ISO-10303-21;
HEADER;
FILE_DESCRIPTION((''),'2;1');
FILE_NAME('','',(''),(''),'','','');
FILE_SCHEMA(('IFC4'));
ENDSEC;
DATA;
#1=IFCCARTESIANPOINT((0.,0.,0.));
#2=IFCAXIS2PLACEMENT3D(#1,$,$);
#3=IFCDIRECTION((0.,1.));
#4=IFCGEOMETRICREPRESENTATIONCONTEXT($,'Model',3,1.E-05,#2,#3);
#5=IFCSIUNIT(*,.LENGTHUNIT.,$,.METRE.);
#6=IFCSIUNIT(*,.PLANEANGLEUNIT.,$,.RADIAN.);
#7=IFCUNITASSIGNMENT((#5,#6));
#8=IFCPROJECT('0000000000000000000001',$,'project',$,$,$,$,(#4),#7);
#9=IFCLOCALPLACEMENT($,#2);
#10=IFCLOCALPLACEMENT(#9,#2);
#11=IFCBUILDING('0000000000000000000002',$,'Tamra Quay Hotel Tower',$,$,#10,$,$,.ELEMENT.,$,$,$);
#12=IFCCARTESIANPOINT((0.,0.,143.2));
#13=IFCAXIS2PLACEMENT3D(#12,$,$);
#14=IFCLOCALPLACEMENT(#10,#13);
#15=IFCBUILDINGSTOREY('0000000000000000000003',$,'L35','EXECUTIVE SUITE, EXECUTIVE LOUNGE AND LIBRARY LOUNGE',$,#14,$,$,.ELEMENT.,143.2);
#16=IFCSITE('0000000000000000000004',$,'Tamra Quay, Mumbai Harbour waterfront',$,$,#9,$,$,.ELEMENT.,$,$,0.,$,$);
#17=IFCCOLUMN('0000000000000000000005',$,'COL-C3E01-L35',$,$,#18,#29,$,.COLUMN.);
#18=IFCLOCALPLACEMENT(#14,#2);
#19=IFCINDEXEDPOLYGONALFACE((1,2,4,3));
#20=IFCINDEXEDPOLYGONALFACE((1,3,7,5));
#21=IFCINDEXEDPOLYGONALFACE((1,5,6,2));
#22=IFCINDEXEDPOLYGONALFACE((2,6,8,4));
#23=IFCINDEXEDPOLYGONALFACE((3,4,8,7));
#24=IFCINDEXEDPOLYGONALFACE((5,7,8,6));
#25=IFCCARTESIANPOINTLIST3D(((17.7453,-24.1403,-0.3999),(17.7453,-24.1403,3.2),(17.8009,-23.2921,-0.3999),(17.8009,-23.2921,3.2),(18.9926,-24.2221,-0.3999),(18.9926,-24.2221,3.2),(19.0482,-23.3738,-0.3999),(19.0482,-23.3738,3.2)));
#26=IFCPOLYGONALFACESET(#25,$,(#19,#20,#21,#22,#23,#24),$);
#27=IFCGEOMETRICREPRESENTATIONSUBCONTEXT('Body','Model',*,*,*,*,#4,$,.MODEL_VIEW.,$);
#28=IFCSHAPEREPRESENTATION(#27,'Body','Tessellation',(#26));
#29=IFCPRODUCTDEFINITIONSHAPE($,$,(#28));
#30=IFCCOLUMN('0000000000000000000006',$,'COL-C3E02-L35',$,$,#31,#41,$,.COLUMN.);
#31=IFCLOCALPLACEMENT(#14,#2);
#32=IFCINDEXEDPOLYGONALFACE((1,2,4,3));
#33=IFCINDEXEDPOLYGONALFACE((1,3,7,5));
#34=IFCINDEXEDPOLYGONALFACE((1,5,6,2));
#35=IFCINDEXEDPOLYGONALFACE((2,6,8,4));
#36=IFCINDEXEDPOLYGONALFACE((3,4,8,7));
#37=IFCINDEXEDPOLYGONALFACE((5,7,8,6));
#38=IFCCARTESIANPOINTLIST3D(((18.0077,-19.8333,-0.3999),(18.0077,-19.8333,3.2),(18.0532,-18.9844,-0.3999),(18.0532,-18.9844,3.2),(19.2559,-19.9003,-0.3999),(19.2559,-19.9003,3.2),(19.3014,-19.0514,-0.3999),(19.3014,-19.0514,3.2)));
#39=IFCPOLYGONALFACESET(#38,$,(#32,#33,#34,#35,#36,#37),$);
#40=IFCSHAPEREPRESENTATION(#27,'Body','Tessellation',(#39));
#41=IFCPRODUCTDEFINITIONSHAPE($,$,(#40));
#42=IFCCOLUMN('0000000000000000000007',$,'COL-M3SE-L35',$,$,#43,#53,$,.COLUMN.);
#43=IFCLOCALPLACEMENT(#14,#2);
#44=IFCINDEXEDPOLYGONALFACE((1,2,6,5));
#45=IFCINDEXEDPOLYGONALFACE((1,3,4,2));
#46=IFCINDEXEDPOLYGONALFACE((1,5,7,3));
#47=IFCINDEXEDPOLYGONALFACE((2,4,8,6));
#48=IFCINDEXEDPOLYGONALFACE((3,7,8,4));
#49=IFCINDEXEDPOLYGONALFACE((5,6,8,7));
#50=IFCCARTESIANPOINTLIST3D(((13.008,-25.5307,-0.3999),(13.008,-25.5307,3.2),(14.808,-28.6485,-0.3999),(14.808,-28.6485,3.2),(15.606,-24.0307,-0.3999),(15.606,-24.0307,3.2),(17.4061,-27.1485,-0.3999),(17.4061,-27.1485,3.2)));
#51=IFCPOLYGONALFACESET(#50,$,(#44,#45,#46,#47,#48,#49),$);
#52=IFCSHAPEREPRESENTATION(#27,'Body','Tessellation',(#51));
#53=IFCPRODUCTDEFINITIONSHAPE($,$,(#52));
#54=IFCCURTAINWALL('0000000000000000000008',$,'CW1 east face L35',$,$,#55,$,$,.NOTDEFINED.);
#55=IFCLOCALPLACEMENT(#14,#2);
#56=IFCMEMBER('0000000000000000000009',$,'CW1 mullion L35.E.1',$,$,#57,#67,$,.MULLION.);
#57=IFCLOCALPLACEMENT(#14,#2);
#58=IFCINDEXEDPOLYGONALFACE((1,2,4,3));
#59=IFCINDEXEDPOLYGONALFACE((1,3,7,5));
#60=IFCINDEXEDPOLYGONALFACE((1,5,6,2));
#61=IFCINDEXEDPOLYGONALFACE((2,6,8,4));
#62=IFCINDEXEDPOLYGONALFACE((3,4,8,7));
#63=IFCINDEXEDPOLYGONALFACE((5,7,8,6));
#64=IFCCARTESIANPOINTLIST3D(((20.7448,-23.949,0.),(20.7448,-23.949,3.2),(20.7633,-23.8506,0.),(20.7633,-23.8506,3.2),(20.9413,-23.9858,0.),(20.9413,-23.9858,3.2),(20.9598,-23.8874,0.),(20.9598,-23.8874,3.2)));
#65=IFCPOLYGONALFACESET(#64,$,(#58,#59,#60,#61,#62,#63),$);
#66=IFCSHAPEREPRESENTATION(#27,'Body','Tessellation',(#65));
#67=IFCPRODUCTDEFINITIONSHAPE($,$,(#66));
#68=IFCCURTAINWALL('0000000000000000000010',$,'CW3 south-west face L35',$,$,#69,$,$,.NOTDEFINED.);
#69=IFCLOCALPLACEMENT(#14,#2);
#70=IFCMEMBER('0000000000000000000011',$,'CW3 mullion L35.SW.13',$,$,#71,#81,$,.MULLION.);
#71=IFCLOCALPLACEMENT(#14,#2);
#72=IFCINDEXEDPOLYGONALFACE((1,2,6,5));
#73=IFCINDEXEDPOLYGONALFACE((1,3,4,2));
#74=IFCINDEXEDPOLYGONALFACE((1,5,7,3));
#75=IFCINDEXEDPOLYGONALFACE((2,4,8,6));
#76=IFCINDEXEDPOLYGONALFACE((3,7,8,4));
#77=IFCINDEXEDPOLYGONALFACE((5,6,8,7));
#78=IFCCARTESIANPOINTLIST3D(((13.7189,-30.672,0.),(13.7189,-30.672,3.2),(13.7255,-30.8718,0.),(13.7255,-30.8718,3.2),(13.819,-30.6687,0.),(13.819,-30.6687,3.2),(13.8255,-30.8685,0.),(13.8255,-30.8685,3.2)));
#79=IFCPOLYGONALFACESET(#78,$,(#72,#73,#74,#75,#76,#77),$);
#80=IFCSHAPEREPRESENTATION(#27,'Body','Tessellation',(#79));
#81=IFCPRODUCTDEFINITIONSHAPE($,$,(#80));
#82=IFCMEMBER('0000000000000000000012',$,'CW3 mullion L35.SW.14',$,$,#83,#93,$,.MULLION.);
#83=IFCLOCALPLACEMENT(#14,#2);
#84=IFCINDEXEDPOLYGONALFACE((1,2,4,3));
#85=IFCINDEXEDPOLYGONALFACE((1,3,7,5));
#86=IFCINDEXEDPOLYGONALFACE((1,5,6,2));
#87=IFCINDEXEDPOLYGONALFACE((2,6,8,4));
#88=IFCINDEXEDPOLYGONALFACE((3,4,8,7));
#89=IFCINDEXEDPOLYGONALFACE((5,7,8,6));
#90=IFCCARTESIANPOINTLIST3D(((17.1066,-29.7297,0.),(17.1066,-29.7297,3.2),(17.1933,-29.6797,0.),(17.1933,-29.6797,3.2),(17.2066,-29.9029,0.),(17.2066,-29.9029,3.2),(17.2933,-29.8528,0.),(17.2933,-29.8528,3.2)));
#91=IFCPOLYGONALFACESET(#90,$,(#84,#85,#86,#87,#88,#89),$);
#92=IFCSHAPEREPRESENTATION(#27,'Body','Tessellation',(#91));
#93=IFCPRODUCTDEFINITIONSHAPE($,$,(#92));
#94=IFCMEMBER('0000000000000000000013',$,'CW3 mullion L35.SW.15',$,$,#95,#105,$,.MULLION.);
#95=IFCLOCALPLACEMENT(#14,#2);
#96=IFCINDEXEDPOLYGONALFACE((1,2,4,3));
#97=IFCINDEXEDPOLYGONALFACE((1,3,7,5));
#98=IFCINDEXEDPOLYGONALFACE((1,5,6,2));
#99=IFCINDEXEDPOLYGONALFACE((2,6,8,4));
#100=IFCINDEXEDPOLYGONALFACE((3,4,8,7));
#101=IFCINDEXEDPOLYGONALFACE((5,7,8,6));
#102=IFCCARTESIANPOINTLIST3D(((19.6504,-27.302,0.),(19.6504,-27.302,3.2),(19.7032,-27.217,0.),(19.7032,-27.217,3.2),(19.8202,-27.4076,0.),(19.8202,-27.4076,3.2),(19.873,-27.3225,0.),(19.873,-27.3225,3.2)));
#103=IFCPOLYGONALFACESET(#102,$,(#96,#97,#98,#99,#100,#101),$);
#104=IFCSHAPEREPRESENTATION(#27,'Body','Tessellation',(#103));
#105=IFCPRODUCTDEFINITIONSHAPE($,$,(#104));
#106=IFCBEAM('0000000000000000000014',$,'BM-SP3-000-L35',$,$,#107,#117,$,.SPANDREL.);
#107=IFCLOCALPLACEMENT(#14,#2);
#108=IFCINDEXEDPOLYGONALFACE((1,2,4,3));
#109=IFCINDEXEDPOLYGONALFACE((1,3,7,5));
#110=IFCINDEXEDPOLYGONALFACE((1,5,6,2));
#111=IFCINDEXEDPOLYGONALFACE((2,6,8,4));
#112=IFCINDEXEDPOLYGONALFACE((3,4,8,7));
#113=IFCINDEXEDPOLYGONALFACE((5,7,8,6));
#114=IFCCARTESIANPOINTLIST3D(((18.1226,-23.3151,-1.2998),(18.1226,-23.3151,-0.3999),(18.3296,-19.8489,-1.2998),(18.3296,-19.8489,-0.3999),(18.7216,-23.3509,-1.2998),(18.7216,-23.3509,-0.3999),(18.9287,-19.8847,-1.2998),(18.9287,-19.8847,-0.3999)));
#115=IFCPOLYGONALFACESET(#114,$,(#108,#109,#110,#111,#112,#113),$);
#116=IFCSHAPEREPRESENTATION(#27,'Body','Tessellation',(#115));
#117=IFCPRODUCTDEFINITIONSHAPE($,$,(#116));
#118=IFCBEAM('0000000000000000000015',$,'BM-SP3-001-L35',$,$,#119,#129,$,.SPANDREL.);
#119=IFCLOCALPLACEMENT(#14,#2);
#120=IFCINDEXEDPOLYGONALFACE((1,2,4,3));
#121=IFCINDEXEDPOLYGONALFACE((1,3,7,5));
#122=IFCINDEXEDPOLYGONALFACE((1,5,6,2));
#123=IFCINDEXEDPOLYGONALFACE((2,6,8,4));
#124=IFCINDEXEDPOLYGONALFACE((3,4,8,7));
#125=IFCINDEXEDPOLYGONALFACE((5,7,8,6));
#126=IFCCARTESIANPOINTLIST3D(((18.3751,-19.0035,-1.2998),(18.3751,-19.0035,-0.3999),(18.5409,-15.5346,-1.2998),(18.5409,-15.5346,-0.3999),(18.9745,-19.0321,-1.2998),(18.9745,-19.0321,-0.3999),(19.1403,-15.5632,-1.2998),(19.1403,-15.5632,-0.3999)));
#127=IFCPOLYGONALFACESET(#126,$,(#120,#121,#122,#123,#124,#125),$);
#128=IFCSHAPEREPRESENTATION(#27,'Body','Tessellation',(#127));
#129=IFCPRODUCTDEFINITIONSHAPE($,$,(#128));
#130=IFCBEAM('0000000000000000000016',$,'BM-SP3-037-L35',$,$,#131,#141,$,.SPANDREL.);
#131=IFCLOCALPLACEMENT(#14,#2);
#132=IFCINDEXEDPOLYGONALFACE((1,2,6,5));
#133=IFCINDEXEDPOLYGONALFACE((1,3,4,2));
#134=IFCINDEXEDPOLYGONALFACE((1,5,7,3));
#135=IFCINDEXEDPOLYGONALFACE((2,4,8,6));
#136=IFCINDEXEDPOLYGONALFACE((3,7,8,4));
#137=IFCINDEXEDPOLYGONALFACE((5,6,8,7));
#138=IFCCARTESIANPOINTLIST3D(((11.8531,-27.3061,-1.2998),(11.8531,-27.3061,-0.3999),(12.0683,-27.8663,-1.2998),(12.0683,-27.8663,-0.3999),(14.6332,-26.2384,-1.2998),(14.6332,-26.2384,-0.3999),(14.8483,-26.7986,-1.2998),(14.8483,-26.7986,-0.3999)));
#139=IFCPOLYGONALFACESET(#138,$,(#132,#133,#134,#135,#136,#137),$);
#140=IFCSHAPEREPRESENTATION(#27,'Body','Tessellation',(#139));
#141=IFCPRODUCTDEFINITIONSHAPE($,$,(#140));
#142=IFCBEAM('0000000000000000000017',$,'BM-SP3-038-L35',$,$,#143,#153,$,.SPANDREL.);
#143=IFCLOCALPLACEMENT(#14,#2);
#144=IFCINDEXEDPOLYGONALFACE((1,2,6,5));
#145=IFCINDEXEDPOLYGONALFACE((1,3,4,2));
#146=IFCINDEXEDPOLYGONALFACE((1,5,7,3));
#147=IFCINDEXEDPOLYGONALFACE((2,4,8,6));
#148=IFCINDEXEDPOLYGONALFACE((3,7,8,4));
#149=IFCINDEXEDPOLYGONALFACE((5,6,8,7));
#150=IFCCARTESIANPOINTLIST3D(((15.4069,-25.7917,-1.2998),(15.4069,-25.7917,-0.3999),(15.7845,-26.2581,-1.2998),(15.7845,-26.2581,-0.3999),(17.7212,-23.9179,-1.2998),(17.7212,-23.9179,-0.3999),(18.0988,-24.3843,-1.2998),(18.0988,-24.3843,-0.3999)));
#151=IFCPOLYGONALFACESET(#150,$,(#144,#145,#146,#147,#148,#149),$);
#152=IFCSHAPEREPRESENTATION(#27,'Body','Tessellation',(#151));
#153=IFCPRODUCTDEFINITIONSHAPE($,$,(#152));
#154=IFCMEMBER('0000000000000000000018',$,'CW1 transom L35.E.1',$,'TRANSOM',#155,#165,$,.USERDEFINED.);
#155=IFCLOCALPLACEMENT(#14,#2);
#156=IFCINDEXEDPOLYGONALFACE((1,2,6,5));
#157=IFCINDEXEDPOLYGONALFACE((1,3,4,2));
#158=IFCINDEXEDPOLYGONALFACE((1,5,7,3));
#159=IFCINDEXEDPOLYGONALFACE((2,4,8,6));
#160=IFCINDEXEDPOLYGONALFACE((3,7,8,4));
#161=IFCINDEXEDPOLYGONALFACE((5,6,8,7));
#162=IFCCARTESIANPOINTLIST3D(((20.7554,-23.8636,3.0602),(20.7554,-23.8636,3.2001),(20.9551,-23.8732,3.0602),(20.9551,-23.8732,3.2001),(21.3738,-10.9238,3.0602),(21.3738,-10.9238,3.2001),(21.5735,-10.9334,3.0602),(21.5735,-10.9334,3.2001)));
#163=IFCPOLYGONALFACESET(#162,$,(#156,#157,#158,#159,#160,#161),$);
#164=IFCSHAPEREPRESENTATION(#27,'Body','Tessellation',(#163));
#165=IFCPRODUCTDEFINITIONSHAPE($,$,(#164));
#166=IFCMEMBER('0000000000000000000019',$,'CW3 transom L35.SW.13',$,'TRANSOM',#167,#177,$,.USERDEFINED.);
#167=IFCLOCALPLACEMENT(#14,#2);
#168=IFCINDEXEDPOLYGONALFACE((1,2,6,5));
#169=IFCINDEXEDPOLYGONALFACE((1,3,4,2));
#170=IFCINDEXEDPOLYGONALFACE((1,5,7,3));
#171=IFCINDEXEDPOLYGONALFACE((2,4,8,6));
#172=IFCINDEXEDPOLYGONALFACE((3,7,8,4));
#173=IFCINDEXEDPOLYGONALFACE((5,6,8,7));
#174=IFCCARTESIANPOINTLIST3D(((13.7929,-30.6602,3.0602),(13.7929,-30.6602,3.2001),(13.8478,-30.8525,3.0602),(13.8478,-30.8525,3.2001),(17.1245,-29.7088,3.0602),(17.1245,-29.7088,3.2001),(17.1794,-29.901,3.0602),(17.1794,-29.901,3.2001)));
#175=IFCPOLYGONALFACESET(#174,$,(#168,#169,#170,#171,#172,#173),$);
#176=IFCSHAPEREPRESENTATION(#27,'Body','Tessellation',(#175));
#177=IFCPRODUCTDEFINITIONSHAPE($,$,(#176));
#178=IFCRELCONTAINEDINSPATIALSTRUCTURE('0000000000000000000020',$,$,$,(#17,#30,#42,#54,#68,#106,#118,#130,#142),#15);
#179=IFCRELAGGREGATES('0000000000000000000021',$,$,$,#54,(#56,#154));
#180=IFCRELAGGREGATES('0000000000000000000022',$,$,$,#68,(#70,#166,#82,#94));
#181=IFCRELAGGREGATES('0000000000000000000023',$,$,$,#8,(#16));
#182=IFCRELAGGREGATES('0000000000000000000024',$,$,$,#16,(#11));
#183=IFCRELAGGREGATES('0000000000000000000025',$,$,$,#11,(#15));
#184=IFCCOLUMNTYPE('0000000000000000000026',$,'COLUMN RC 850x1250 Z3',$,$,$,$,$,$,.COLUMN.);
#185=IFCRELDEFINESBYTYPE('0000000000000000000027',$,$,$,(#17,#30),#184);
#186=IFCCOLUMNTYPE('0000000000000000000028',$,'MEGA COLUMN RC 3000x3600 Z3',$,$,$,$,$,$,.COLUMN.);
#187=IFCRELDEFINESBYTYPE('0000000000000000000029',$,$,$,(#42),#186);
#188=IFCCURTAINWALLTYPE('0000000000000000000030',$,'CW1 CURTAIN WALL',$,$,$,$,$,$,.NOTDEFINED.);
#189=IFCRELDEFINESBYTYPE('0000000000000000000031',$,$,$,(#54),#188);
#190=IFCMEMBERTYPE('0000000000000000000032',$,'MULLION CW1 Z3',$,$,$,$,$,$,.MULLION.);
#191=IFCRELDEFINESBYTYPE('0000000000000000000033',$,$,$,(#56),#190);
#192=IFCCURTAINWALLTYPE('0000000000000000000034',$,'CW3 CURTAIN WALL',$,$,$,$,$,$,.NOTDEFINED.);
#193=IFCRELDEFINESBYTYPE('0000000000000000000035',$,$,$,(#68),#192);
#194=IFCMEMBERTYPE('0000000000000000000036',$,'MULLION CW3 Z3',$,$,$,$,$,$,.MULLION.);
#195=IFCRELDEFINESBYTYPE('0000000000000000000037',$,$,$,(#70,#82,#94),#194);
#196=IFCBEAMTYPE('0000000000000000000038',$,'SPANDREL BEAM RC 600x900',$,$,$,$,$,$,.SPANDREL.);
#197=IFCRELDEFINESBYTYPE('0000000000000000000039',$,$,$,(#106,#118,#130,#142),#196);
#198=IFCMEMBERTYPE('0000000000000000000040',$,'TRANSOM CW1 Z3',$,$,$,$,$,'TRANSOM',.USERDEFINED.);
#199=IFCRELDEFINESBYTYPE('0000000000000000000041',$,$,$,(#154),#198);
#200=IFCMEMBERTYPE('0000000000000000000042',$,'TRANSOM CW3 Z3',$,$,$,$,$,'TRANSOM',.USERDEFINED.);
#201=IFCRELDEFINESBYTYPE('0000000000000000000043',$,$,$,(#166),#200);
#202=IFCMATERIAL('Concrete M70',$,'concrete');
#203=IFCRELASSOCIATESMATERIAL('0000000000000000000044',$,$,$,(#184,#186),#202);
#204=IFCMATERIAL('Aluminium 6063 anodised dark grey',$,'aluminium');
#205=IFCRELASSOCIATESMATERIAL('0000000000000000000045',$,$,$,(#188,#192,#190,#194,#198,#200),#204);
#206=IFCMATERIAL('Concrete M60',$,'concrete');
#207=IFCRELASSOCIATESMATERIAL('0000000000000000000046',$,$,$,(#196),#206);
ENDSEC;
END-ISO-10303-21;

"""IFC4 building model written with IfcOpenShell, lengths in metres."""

from ifc_helpers import new_model, si_unit, direction, frame, origin, origin_2d, place, context, subcontext, project, spatial, rectangle, extrude, material, material_profile, profile_set, type_object, element, aggregate, save


model = new_model("IFC4")

# Units and contexts
model_context = context("Model", 3, precision=1e-05, world=origin(), true_north=direction((0.0, 1.0)))
body_context = subcontext(model_context, "Body", "Model", "MODEL_VIEW")
ifc_project = project(units=[si_unit("LENGTHUNIT", "METRE"), si_unit("PLANEANGLEUNIT", "RADIAN")], contexts=[model_context])

# Site, building, storey
site_placement = place(None, origin())
site = spatial("IfcSite", under=ifc_project, at=site_placement, Name="Tamra Quay, Mumbai Harbour waterfront", CompositionType="ELEMENT", RefElevation=0.0)
building_placement = place(site_placement, origin())
building = spatial("IfcBuilding", under=site, at=building_placement, Name="Tamra Quay Hotel Tower", CompositionType="ELEMENT")
storey_placement = place(building_placement, frame((0.0, 0.0, 143.2)))
storey = spatial("IfcBuildingStorey", under=building, at=storey_placement, Name="L35", Description="EXECUTIVE SUITE, EXECUTIVE LOUNGE AND LIBRARY LOUNGE", CompositionType="ELEMENT", Elevation=143.2)

# Columns
ifc_material_1 = material(Name="Concrete M70", Category="concrete")
ifc_material_profile_1 = material_profile(ifc_material_1, rectangle(XDim=1.25, YDim=0.8501, at=origin_2d()), Name="COLUMN RC 850x1250 Z3")
ifc_profile_set_1 = profile_set([ifc_material_profile_1], Name="Concrete M70")
column_type_1 = type_object("IfcColumnType", Name="COLUMN RC 850x1250 Z3", PredefinedType="COLUMN", material=ifc_profile_set_1)
for number, where, z_axis, x_axis, name in (
    (1, (18.3967, -23.7571, -0.3999), (0.0, 0.0, 1.0), (-0.997858, 0.065419, 0.0), "COL-C3E01-L35"),
    (2, (18.6545, -19.4424, -0.3999), (0.0, 0.0, 1.0), (-0.998562, 0.053603, 0.0), "COL-C3E02-L35"),
):
    element("IfcColumn", number, at=place(storey_placement, frame(where, z_axis=z_axis, x_axis=x_axis)), inside=storey, type_object=column_type_1, Name=name, PredefinedType="COLUMN", context=body_context, shape_type="SweptSolid", body=[
        extrude(rectangle(XDim=1.25, YDim=0.8501, at=origin_2d()), origin(), (0.0, 0.0, 1.0), 3.5999),
    ])
ifc_material_profile_2 = material_profile(ifc_material_1, rectangle(XDim=3.6001, YDim=3.0, at=origin_2d()), Name="MEGA COLUMN RC 3000x3600 Z3")
ifc_profile_set_2 = profile_set([ifc_material_profile_2], Name="Concrete M70")
column_type_2 = type_object("IfcColumnType", Name="MEGA COLUMN RC 3000x3600 Z3", PredefinedType="COLUMN", material=ifc_profile_set_2)
column_placement = place(storey_placement, frame((15.207, -26.3396, -0.3999), z_axis=(0.0, 0.0, 1.0), x_axis=(-0.5, 0.866025, 0.0)))
element("IfcColumn", 3, at=column_placement, inside=storey, type_object=column_type_2, Name="COL-M3SE-L35", PredefinedType="COLUMN", context=body_context, shape_type="SweptSolid", body=[
    extrude(rectangle(XDim=3.6001, YDim=3.0, at=origin_2d()), origin(), (0.0, 0.0, 1.0), 3.5999),
])

# Curtain wall, member
ifc_material_2 = material(Name="Aluminium 6063 anodised dark grey", Category="aluminium")
curtain_wall_type_1 = type_object("IfcCurtainWallType", Name="CW1 CURTAIN WALL", PredefinedType="NOTDEFINED", material=ifc_material_2)
curtain_wall_1_placement = place(storey_placement, origin())
curtain_wall_1 = element("IfcCurtainWall", 4, at=curtain_wall_1_placement, inside=storey, type_object=curtain_wall_type_1, Name="CW1 east face L35", PredefinedType="NOTDEFINED")
ifc_material_profile_3 = material_profile(ifc_material_2, rectangle(XDim=0.2, YDim=0.1001, at=origin_2d()), Name="MULLION 100X200")
ifc_profile_set_3 = profile_set([ifc_material_profile_3], Name="Aluminium 6063 anodised dark grey")
member_type_1 = type_object("IfcMemberType", Name="MULLION CW1 Z3", PredefinedType="MULLION", material=ifc_profile_set_3)
member_1_placement = place(storey_placement, frame((20.8523, -23.9182, 0.0), z_axis=(0.0, 0.0, 1.0), x_axis=(0.982883, -0.18423, 0.0)))
member_1 = element("IfcMember", 5, at=member_1_placement, type_object=member_type_1, Name="CW1 mullion L35.E.1", PredefinedType="MULLION", context=body_context, shape_type="SweptSolid", body=[
    extrude(rectangle(XDim=0.2, YDim=0.1001, at=origin_2d()), origin(), (0.0, 0.0, 1.0), 3.2),
])

# Curtain wall, members
curtain_wall_type_2 = type_object("IfcCurtainWallType", Name="CW3 CURTAIN WALL", PredefinedType="NOTDEFINED", material=ifc_material_2)
curtain_wall_2_placement = place(storey_placement, origin())
curtain_wall_2 = element("IfcCurtainWall", 6, at=curtain_wall_2_placement, inside=storey, type_object=curtain_wall_type_2, Name="CW3 south-west face L35", PredefinedType="NOTDEFINED")
ifc_material_profile_4 = material_profile(ifc_material_2, rectangle(XDim=0.2, YDim=0.1001, at=origin_2d()), Name="MULLION 100X200")
ifc_profile_set_4 = profile_set([ifc_material_profile_4], Name="Aluminium 6063 anodised dark grey")
member_type_2 = type_object("IfcMemberType", Name="MULLION CW3 Z3", PredefinedType="MULLION", material=ifc_profile_set_4)
member_2_placement = place(storey_placement, frame((13.7722, -30.7703, 0.0), z_axis=(0.0, 0.0, 1.0), x_axis=(0.032727, -0.999464, 0.0)))
member_2 = element("IfcMember", 7, at=member_2_placement, type_object=member_type_2, Name="CW3 mullion L35.SW.13", PredefinedType="MULLION", context=body_context, shape_type="SweptSolid", body=[
    extrude(rectangle(XDim=0.2, YDim=0.1001, at=origin_2d()), origin(), (0.0, 0.0, 1.0), 3.2),
])
member_3_placement = place(storey_placement, frame((17.2, -29.7913, 0.0), z_axis=(0.0, 0.0, 1.0), x_axis=(0.5, -0.866025, 0.0)))
member_3 = element("IfcMember", 8, at=member_3_placement, type_object=member_type_2, Name="CW3 mullion L35.SW.14", PredefinedType="MULLION", context=body_context, shape_type="SweptSolid", body=[
    extrude(rectangle(XDim=0.2, YDim=0.1001, at=origin_2d()), origin(), (0.0, 0.0, 1.0), 3.2),
])
member_4_placement = place(storey_placement, frame((19.7617, -27.3123, 0.0), z_axis=(0.0, 0.0, 1.0), x_axis=(0.849198, -0.528075, 0.0)))
member_4 = element("IfcMember", 9, at=member_4_placement, type_object=member_type_2, Name="CW3 mullion L35.SW.15", PredefinedType="MULLION", context=body_context, shape_type="SweptSolid", body=[
    extrude(rectangle(XDim=0.2, YDim=0.1001, at=origin_2d()), origin(), (0.0, 0.0, 1.0), 3.2),
])

# Beams
ifc_material_3 = material(Name="Concrete M60", Category="concrete")
ifc_material_profile_5 = material_profile(ifc_material_3, rectangle(XDim=0.6001, YDim=0.8999, at=origin_2d()), Name="SPANDREL BEAM RC 600x900")
ifc_profile_set_5 = profile_set([ifc_material_profile_5], Name="Concrete M60")
beam_type = type_object("IfcBeamType", Name="SPANDREL BEAM RC 600x900", PredefinedType="SPANDREL", material=ifc_profile_set_5)
beam_1_placement = place(storey_placement, frame((18.4221, -23.333, -0.8499), z_axis=(0.05962, 0.998221, 0.0), x_axis=(-0.998221, 0.05962, 0.0)))
element("IfcBeam", 10, at=beam_1_placement, inside=storey, type_object=beam_type, Name="BM-SP3-000-L35", PredefinedType="SPANDREL", context=body_context, shape_type="SweptSolid", body=[
    extrude(rectangle(XDim=0.6001, YDim=0.8999, at=origin_2d()), origin(), (0.0, 0.0, 1.0), 3.4724),
])
beam_2_placement = place(storey_placement, frame((18.6748, -19.0178, -0.8499), z_axis=(0.047732, 0.99886, 0.0), x_axis=(-0.99886, 0.047732, 0.0)))
element("IfcBeam", 11, at=beam_2_placement, inside=storey, type_object=beam_type, Name="BM-SP3-001-L35", PredefinedType="SPANDREL", context=body_context, shape_type="SweptSolid", body=[
    extrude(rectangle(XDim=0.6001, YDim=0.8999, at=origin_2d()), origin(), (0.0, 0.0, 1.0), 3.4729),
])
beam_3_placement = place(storey_placement, frame((11.9607, -27.5862, -0.8499), z_axis=(0.933527, 0.358507, 0.0), x_axis=(-0.358507, 0.933527, 0.0)))
element("IfcBeam", 12, at=beam_3_placement, inside=storey, type_object=beam_type, Name="BM-SP3-037-L35", PredefinedType="SPANDREL", context=body_context, shape_type="SweptSolid", body=[
    extrude(rectangle(XDim=0.6001, YDim=0.8999, at=origin_2d()), origin(), (0.0, 0.0, 1.0), 2.978),
])
beam_4_placement = place(storey_placement, frame((15.5957, -26.0249, -0.8499), z_axis=(0.777184, 0.629274, 0.0), x_axis=(-0.629274, 0.777184, 0.0)))
element("IfcBeam", 13, at=beam_4_placement, inside=storey, type_object=beam_type, Name="BM-SP3-038-L35", PredefinedType="SPANDREL", context=body_context, shape_type="SweptSolid", body=[
    extrude(rectangle(XDim=0.6001, YDim=0.8999, at=origin_2d()), origin(), (0.0, 0.0, 1.0), 2.9778),
])

# Members
ifc_material_profile_6 = material_profile(ifc_material_2, rectangle(XDim=0.2, YDim=0.1399, at=origin_2d()), Name="TRANSOM 200X140")
ifc_profile_set_6 = profile_set([ifc_material_profile_6], Name="Aluminium 6063 anodised dark grey")
member_type_3 = type_object("IfcMemberType", Name="TRANSOM CW1 Z3", ElementType="TRANSOM", PredefinedType="USERDEFINED", material=ifc_profile_set_6)
member_5_placement = place(storey_placement, frame((20.8552, -23.8684, 3.1301), z_axis=(0.047736, 0.99886, 0.0), x_axis=(-0.99886, 0.047736, 0.0)))
member_5 = element("IfcMember", 14, at=member_5_placement, type_object=member_type_3, Name="CW1 transom L35.E.1", ObjectType="TRANSOM", PredefinedType="USERDEFINED", context=body_context, shape_type="SweptSolid", body=[
    extrude(rectangle(XDim=0.2, YDim=0.1399, at=origin_2d()), origin(), (0.0, 0.0, 1.0), 12.9546),
])
ifc_material_profile_7 = material_profile(ifc_material_2, rectangle(XDim=0.2, YDim=0.1399, at=origin_2d()), Name="TRANSOM 200X140")
ifc_profile_set_7 = profile_set([ifc_material_profile_7], Name="Aluminium 6063 anodised dark grey")
member_type_4 = type_object("IfcMemberType", Name="TRANSOM CW3 Z3", ElementType="TRANSOM", PredefinedType="USERDEFINED", material=ifc_profile_set_7)
member_6_placement = place(storey_placement, frame((13.8203, -30.7563, 3.1301), z_axis=(0.961559, 0.2746, 0.0), x_axis=(-0.2746, 0.961559, 0.0)))
member_6 = element("IfcMember", 15, at=member_6_placement, type_object=member_type_4, Name="CW3 transom L35.SW.13", ObjectType="TRANSOM", PredefinedType="USERDEFINED", context=body_context, shape_type="SweptSolid", body=[
    extrude(rectangle(XDim=0.2, YDim=0.1399, at=origin_2d()), origin(), (0.0, 0.0, 1.0), 3.4648),
])

aggregate(curtain_wall_1, [member_1, member_5])
aggregate(curtain_wall_2, [member_2, member_6, member_3, member_4])

save(model, "model.ifc")
